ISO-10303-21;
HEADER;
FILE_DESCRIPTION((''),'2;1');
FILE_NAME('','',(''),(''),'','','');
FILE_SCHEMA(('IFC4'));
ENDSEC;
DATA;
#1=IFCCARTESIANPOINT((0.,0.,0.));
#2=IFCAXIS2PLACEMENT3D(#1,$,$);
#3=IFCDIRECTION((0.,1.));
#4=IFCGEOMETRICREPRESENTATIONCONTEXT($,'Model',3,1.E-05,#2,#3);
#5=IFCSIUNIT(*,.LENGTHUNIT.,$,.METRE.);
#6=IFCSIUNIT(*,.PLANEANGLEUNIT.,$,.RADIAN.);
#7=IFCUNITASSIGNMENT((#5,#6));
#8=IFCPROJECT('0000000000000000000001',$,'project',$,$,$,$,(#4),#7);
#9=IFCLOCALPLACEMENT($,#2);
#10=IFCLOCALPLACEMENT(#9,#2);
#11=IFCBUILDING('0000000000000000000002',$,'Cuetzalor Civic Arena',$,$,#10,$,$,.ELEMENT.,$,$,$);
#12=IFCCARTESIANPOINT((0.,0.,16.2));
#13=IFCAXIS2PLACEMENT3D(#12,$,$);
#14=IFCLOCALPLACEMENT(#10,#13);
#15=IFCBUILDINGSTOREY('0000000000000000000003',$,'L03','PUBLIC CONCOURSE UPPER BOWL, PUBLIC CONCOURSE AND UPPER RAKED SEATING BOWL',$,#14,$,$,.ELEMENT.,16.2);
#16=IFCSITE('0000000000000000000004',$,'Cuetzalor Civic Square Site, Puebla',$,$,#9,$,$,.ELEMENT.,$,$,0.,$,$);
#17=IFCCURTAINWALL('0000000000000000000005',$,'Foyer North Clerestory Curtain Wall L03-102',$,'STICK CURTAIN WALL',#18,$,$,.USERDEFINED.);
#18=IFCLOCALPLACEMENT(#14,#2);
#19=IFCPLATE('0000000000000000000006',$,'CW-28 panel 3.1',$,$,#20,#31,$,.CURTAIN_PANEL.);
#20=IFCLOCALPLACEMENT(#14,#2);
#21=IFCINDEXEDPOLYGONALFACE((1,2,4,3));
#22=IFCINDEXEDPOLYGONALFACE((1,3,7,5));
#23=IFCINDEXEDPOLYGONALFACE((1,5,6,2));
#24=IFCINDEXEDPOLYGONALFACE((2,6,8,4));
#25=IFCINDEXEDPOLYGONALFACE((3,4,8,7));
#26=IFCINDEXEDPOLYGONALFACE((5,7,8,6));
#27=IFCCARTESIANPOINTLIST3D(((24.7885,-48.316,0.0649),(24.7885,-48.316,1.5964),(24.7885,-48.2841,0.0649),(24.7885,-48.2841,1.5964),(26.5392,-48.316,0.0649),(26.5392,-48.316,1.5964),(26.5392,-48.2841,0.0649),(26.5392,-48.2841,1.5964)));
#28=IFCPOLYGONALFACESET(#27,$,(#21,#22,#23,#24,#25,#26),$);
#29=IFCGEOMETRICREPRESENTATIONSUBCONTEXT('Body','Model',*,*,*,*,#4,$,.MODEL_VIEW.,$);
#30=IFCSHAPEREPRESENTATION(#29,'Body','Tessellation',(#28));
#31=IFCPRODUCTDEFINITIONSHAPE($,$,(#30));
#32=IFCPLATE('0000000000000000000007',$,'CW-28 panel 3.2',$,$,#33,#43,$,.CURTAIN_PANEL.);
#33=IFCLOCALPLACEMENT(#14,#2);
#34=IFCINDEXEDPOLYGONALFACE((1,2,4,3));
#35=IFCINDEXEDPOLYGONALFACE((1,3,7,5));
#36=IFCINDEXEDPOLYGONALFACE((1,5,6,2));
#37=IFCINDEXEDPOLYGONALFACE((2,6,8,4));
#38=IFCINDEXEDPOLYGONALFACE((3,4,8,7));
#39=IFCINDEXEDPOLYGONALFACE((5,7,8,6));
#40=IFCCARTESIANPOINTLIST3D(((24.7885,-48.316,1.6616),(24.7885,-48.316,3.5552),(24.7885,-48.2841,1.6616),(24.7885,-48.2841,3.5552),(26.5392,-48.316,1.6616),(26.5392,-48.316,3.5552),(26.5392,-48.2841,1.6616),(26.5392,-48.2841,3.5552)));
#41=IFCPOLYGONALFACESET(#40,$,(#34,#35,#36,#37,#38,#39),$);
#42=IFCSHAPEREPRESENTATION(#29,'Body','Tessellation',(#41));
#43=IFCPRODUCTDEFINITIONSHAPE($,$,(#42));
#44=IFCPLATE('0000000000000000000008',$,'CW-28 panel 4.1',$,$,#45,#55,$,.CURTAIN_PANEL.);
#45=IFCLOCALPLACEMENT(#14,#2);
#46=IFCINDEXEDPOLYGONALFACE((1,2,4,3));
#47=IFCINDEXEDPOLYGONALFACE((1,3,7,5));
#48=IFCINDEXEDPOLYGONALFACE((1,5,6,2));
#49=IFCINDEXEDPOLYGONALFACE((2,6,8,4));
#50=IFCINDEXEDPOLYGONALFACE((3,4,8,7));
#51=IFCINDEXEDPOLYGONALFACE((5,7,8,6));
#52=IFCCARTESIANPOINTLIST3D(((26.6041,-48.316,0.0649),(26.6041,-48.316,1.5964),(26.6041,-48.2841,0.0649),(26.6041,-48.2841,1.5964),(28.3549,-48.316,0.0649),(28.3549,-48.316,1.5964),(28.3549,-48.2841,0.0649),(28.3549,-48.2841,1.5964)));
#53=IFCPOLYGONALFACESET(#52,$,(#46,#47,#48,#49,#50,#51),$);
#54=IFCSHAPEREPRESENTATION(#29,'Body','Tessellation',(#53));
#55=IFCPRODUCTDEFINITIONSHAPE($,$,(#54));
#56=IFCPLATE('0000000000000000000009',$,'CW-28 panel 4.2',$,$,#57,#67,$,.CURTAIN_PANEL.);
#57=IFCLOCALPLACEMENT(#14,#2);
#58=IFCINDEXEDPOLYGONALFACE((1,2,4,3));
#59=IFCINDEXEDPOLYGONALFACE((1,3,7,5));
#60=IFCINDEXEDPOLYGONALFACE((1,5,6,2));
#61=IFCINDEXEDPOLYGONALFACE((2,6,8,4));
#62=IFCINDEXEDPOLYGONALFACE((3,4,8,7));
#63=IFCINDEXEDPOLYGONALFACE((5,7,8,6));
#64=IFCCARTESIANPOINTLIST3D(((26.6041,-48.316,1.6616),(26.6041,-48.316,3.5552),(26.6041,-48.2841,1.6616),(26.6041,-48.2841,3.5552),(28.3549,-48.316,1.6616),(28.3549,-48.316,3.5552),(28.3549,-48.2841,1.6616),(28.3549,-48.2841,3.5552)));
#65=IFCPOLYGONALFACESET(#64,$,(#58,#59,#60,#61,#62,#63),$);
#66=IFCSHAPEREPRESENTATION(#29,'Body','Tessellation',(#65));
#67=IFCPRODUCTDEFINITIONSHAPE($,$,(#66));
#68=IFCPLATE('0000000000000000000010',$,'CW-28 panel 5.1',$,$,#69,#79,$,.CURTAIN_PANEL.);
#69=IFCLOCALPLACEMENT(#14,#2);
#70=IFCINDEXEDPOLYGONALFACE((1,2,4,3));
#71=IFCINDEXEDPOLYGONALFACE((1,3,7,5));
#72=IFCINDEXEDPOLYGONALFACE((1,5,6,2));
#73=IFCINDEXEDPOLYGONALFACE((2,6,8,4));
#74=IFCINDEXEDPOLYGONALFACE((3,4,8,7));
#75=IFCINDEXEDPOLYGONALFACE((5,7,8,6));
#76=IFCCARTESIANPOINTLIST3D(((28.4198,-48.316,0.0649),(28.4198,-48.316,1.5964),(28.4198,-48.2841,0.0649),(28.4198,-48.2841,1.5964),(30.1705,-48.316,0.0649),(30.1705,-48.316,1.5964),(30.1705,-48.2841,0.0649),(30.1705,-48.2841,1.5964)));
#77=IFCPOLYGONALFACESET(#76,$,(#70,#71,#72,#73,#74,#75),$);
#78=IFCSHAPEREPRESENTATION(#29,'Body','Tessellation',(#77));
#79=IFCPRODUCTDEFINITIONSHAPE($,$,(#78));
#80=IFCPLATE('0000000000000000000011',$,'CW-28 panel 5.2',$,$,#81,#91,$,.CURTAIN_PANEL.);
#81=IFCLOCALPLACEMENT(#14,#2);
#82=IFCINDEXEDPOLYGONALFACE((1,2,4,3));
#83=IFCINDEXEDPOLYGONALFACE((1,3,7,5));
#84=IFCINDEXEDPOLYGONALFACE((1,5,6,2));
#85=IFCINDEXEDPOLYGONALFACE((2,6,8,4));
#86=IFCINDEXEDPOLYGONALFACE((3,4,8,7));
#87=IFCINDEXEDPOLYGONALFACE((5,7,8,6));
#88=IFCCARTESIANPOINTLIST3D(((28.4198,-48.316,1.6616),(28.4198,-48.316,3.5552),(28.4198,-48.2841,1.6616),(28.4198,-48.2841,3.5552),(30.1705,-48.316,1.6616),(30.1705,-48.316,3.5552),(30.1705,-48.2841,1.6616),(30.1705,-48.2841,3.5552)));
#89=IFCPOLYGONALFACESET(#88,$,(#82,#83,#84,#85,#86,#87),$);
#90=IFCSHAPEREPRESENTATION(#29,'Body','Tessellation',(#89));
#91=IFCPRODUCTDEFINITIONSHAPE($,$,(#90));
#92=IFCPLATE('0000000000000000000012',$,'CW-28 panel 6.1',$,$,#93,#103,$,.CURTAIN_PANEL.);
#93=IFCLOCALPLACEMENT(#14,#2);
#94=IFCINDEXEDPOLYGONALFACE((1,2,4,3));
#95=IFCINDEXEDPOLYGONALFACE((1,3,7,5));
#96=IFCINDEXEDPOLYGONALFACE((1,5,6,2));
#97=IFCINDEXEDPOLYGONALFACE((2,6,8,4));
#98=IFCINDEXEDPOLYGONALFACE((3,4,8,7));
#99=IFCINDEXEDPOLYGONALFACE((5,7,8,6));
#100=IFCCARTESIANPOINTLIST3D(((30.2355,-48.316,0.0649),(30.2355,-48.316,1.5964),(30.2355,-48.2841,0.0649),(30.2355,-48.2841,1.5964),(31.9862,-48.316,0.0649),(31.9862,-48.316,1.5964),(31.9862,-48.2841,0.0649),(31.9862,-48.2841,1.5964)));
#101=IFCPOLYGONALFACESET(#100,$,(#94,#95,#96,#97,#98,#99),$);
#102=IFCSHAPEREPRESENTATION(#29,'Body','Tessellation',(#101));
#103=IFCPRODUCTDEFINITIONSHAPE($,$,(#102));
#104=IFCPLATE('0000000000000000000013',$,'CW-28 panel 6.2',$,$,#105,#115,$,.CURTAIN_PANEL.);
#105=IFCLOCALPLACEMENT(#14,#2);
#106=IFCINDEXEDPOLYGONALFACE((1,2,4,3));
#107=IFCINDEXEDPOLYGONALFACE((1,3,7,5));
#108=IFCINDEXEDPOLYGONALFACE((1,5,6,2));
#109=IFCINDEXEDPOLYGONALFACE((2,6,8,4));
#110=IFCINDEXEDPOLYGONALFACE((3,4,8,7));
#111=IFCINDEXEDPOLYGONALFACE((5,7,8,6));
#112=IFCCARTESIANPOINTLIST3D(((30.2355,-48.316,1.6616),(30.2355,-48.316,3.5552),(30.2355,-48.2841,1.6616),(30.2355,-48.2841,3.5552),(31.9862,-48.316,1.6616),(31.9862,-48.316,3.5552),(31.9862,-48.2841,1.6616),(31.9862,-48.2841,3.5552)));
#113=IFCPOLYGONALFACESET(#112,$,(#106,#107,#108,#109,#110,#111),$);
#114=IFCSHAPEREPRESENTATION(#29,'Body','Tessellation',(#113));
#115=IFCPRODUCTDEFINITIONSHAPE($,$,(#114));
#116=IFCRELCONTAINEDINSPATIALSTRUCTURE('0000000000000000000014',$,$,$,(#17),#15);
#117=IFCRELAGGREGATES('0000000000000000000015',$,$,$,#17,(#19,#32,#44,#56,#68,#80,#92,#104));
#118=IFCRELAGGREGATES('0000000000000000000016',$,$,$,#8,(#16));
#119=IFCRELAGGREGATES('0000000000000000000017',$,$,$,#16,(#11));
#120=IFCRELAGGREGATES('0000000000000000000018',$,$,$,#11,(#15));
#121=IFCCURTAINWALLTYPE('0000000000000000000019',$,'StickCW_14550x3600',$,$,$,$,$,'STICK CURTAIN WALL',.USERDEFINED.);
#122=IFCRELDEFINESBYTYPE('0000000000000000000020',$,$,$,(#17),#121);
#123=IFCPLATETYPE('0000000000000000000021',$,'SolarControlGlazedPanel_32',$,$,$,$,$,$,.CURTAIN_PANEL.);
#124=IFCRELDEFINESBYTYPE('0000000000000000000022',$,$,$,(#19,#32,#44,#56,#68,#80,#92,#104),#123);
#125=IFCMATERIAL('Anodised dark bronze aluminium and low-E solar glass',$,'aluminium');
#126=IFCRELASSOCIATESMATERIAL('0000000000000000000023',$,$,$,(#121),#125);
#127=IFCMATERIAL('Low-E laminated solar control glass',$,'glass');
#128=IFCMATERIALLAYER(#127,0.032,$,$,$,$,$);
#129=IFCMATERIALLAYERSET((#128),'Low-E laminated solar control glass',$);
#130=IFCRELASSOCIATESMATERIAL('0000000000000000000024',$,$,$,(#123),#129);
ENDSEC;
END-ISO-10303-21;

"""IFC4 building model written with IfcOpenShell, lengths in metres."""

from ifc_helpers import new_model, si_unit, direction, frame, origin, origin_2d, place, context, subcontext, project, spatial, rectangle, extrude, material, layer, layer_set, type_object, element, aggregate, save


model = new_model("IFC4")

# Units and contexts
model_context = context("Model", 3, precision=1e-05, world=origin(), true_north=direction((0.0, 1.0)))
body_context = subcontext(model_context, "Body", "Model", "MODEL_VIEW")
ifc_project = project(units=[si_unit("LENGTHUNIT", "METRE"), si_unit("PLANEANGLEUNIT", "RADIAN")], contexts=[model_context])

# Site, building, storey
site_placement = place(None, origin())
site = spatial("IfcSite", under=ifc_project, at=site_placement, Name="Cuetzalor Civic Square Site, Puebla", CompositionType="ELEMENT", RefElevation=0.0)
building_placement = place(site_placement, origin())
building = spatial("IfcBuilding", under=site, at=building_placement, Name="Cuetzalor Civic Arena", CompositionType="ELEMENT")
storey_placement = place(building_placement, frame((0.0, 0.0, 16.2)))
storey = spatial("IfcBuildingStorey", under=building, at=storey_placement, Name="L03", Description="PUBLIC CONCOURSE UPPER BOWL, PUBLIC CONCOURSE AND UPPER RAKED SEATING BOWL", CompositionType="ELEMENT", Elevation=16.2)

# Curtain wall, plates
ifc_material_1 = material(Name="Anodised dark bronze aluminium and low-E solar glass", Category="aluminium")
curtain_wall_type = type_object("IfcCurtainWallType", Name="StickCW_14550x3600", ElementType="STICK CURTAIN WALL", PredefinedType="USERDEFINED", material=ifc_material_1)
curtain_wall_placement = place(storey_placement, origin())
curtain_wall = element("IfcCurtainWall", 1, at=curtain_wall_placement, inside=storey, type_object=curtain_wall_type, Name="Foyer North Clerestory Curtain Wall L03-102", ObjectType="STICK CURTAIN WALL", PredefinedType="USERDEFINED")
ifc_material_2 = material(Name="Low-E laminated solar control glass", Category="glass")
ifc_layer = layer(ifc_material_2, 0.032)
ifc_layer_set = layer_set([ifc_layer], Name="Low-E laminated solar control glass")
plate_type = type_object("IfcPlateType", Name="SolarControlGlazedPanel_32", PredefinedType="CURTAIN_PANEL", material=ifc_layer_set)
plate_1_placement = place(storey_placement, frame((25.6638, -48.3, 0.0649), z_axis=(0.0, 0.0, 1.0), x_axis=(1.0, 0.0, 0.0)))
plate_1 = element("IfcPlate", 2, at=plate_1_placement, type_object=plate_type, Name="CW-28 panel 3.1", PredefinedType="CURTAIN_PANEL", context=body_context, shape_type="SweptSolid", body=[
    extrude(rectangle(XDim=1.7507, YDim=0.032, at=origin_2d()), origin(), (0.0, 0.0, 1.0), 1.5315),
])
plate_2_placement = place(storey_placement, frame((25.6638, -48.3, 1.6616), z_axis=(0.0, 0.0, 1.0), x_axis=(1.0, 0.0, 0.0)))
plate_2 = element("IfcPlate", 3, at=plate_2_placement, type_object=plate_type, Name="CW-28 panel 3.2", PredefinedType="CURTAIN_PANEL", context=body_context, shape_type="SweptSolid", body=[
    extrude(rectangle(XDim=1.7507, YDim=0.032, at=origin_2d()), origin(), (0.0, 0.0, 1.0), 1.8936),
])
plate_3_placement = place(storey_placement, frame((27.4795, -48.3, 0.0649), z_axis=(0.0, 0.0, 1.0), x_axis=(1.0, 0.0, 0.0)))
plate_3 = element("IfcPlate", 4, at=plate_3_placement, type_object=plate_type, Name="CW-28 panel 4.1", PredefinedType="CURTAIN_PANEL", context=body_context, shape_type="SweptSolid", body=[
    extrude(rectangle(XDim=1.7507, YDim=0.032, at=origin_2d()), origin(), (0.0, 0.0, 1.0), 1.5315),
])
plate_4_placement = place(storey_placement, frame((27.4795, -48.3, 1.6616), z_axis=(0.0, 0.0, 1.0), x_axis=(1.0, 0.0, 0.0)))
plate_4 = element("IfcPlate", 5, at=plate_4_placement, type_object=plate_type, Name="CW-28 panel 4.2", PredefinedType="CURTAIN_PANEL", context=body_context, shape_type="SweptSolid", body=[
    extrude(rectangle(XDim=1.7507, YDim=0.032, at=origin_2d()), origin(), (0.0, 0.0, 1.0), 1.8936),
])
plate_5_placement = place(storey_placement, frame((29.2952, -48.3, 0.0649), z_axis=(0.0, 0.0, 1.0), x_axis=(1.0, 0.0, 0.0)))
plate_5 = element("IfcPlate", 6, at=plate_5_placement, type_object=plate_type, Name="CW-28 panel 5.1", PredefinedType="CURTAIN_PANEL", context=body_context, shape_type="SweptSolid", body=[
    extrude(rectangle(XDim=1.7507, YDim=0.032, at=origin_2d()), origin(), (0.0, 0.0, 1.0), 1.5315),
])
plate_6_placement = place(storey_placement, frame((29.2952, -48.3, 1.6616), z_axis=(0.0, 0.0, 1.0), x_axis=(1.0, 0.0, 0.0)))
plate_6 = element("IfcPlate", 7, at=plate_6_placement, type_object=plate_type, Name="CW-28 panel 5.2", PredefinedType="CURTAIN_PANEL", context=body_context, shape_type="SweptSolid", body=[
    extrude(rectangle(XDim=1.7507, YDim=0.032, at=origin_2d()), origin(), (0.0, 0.0, 1.0), 1.8936),
])
plate_7_placement = place(storey_placement, frame((31.1108, -48.3, 0.0649), z_axis=(0.0, 0.0, 1.0), x_axis=(1.0, 0.0, 0.0)))
plate_7 = element("IfcPlate", 8, at=plate_7_placement, type_object=plate_type, Name="CW-28 panel 6.1", PredefinedType="CURTAIN_PANEL", context=body_context, shape_type="SweptSolid", body=[
    extrude(rectangle(XDim=1.7507, YDim=0.032, at=origin_2d()), origin(), (0.0, 0.0, 1.0), 1.5315),
])
plate_8_placement = place(storey_placement, frame((31.1108, -48.3, 1.6616), z_axis=(0.0, 0.0, 1.0), x_axis=(1.0, 0.0, 0.0)))
plate_8 = element("IfcPlate", 9, at=plate_8_placement, type_object=plate_type, Name="CW-28 panel 6.2", PredefinedType="CURTAIN_PANEL", context=body_context, shape_type="SweptSolid", body=[
    extrude(rectangle(XDim=1.7507, YDim=0.032, at=origin_2d()), origin(), (0.0, 0.0, 1.0), 1.8936),
])
aggregate(curtain_wall, [plate_1, plate_2, plate_3, plate_4, plate_5, plate_6, plate_7, plate_8])

save(model, "model.ifc")
